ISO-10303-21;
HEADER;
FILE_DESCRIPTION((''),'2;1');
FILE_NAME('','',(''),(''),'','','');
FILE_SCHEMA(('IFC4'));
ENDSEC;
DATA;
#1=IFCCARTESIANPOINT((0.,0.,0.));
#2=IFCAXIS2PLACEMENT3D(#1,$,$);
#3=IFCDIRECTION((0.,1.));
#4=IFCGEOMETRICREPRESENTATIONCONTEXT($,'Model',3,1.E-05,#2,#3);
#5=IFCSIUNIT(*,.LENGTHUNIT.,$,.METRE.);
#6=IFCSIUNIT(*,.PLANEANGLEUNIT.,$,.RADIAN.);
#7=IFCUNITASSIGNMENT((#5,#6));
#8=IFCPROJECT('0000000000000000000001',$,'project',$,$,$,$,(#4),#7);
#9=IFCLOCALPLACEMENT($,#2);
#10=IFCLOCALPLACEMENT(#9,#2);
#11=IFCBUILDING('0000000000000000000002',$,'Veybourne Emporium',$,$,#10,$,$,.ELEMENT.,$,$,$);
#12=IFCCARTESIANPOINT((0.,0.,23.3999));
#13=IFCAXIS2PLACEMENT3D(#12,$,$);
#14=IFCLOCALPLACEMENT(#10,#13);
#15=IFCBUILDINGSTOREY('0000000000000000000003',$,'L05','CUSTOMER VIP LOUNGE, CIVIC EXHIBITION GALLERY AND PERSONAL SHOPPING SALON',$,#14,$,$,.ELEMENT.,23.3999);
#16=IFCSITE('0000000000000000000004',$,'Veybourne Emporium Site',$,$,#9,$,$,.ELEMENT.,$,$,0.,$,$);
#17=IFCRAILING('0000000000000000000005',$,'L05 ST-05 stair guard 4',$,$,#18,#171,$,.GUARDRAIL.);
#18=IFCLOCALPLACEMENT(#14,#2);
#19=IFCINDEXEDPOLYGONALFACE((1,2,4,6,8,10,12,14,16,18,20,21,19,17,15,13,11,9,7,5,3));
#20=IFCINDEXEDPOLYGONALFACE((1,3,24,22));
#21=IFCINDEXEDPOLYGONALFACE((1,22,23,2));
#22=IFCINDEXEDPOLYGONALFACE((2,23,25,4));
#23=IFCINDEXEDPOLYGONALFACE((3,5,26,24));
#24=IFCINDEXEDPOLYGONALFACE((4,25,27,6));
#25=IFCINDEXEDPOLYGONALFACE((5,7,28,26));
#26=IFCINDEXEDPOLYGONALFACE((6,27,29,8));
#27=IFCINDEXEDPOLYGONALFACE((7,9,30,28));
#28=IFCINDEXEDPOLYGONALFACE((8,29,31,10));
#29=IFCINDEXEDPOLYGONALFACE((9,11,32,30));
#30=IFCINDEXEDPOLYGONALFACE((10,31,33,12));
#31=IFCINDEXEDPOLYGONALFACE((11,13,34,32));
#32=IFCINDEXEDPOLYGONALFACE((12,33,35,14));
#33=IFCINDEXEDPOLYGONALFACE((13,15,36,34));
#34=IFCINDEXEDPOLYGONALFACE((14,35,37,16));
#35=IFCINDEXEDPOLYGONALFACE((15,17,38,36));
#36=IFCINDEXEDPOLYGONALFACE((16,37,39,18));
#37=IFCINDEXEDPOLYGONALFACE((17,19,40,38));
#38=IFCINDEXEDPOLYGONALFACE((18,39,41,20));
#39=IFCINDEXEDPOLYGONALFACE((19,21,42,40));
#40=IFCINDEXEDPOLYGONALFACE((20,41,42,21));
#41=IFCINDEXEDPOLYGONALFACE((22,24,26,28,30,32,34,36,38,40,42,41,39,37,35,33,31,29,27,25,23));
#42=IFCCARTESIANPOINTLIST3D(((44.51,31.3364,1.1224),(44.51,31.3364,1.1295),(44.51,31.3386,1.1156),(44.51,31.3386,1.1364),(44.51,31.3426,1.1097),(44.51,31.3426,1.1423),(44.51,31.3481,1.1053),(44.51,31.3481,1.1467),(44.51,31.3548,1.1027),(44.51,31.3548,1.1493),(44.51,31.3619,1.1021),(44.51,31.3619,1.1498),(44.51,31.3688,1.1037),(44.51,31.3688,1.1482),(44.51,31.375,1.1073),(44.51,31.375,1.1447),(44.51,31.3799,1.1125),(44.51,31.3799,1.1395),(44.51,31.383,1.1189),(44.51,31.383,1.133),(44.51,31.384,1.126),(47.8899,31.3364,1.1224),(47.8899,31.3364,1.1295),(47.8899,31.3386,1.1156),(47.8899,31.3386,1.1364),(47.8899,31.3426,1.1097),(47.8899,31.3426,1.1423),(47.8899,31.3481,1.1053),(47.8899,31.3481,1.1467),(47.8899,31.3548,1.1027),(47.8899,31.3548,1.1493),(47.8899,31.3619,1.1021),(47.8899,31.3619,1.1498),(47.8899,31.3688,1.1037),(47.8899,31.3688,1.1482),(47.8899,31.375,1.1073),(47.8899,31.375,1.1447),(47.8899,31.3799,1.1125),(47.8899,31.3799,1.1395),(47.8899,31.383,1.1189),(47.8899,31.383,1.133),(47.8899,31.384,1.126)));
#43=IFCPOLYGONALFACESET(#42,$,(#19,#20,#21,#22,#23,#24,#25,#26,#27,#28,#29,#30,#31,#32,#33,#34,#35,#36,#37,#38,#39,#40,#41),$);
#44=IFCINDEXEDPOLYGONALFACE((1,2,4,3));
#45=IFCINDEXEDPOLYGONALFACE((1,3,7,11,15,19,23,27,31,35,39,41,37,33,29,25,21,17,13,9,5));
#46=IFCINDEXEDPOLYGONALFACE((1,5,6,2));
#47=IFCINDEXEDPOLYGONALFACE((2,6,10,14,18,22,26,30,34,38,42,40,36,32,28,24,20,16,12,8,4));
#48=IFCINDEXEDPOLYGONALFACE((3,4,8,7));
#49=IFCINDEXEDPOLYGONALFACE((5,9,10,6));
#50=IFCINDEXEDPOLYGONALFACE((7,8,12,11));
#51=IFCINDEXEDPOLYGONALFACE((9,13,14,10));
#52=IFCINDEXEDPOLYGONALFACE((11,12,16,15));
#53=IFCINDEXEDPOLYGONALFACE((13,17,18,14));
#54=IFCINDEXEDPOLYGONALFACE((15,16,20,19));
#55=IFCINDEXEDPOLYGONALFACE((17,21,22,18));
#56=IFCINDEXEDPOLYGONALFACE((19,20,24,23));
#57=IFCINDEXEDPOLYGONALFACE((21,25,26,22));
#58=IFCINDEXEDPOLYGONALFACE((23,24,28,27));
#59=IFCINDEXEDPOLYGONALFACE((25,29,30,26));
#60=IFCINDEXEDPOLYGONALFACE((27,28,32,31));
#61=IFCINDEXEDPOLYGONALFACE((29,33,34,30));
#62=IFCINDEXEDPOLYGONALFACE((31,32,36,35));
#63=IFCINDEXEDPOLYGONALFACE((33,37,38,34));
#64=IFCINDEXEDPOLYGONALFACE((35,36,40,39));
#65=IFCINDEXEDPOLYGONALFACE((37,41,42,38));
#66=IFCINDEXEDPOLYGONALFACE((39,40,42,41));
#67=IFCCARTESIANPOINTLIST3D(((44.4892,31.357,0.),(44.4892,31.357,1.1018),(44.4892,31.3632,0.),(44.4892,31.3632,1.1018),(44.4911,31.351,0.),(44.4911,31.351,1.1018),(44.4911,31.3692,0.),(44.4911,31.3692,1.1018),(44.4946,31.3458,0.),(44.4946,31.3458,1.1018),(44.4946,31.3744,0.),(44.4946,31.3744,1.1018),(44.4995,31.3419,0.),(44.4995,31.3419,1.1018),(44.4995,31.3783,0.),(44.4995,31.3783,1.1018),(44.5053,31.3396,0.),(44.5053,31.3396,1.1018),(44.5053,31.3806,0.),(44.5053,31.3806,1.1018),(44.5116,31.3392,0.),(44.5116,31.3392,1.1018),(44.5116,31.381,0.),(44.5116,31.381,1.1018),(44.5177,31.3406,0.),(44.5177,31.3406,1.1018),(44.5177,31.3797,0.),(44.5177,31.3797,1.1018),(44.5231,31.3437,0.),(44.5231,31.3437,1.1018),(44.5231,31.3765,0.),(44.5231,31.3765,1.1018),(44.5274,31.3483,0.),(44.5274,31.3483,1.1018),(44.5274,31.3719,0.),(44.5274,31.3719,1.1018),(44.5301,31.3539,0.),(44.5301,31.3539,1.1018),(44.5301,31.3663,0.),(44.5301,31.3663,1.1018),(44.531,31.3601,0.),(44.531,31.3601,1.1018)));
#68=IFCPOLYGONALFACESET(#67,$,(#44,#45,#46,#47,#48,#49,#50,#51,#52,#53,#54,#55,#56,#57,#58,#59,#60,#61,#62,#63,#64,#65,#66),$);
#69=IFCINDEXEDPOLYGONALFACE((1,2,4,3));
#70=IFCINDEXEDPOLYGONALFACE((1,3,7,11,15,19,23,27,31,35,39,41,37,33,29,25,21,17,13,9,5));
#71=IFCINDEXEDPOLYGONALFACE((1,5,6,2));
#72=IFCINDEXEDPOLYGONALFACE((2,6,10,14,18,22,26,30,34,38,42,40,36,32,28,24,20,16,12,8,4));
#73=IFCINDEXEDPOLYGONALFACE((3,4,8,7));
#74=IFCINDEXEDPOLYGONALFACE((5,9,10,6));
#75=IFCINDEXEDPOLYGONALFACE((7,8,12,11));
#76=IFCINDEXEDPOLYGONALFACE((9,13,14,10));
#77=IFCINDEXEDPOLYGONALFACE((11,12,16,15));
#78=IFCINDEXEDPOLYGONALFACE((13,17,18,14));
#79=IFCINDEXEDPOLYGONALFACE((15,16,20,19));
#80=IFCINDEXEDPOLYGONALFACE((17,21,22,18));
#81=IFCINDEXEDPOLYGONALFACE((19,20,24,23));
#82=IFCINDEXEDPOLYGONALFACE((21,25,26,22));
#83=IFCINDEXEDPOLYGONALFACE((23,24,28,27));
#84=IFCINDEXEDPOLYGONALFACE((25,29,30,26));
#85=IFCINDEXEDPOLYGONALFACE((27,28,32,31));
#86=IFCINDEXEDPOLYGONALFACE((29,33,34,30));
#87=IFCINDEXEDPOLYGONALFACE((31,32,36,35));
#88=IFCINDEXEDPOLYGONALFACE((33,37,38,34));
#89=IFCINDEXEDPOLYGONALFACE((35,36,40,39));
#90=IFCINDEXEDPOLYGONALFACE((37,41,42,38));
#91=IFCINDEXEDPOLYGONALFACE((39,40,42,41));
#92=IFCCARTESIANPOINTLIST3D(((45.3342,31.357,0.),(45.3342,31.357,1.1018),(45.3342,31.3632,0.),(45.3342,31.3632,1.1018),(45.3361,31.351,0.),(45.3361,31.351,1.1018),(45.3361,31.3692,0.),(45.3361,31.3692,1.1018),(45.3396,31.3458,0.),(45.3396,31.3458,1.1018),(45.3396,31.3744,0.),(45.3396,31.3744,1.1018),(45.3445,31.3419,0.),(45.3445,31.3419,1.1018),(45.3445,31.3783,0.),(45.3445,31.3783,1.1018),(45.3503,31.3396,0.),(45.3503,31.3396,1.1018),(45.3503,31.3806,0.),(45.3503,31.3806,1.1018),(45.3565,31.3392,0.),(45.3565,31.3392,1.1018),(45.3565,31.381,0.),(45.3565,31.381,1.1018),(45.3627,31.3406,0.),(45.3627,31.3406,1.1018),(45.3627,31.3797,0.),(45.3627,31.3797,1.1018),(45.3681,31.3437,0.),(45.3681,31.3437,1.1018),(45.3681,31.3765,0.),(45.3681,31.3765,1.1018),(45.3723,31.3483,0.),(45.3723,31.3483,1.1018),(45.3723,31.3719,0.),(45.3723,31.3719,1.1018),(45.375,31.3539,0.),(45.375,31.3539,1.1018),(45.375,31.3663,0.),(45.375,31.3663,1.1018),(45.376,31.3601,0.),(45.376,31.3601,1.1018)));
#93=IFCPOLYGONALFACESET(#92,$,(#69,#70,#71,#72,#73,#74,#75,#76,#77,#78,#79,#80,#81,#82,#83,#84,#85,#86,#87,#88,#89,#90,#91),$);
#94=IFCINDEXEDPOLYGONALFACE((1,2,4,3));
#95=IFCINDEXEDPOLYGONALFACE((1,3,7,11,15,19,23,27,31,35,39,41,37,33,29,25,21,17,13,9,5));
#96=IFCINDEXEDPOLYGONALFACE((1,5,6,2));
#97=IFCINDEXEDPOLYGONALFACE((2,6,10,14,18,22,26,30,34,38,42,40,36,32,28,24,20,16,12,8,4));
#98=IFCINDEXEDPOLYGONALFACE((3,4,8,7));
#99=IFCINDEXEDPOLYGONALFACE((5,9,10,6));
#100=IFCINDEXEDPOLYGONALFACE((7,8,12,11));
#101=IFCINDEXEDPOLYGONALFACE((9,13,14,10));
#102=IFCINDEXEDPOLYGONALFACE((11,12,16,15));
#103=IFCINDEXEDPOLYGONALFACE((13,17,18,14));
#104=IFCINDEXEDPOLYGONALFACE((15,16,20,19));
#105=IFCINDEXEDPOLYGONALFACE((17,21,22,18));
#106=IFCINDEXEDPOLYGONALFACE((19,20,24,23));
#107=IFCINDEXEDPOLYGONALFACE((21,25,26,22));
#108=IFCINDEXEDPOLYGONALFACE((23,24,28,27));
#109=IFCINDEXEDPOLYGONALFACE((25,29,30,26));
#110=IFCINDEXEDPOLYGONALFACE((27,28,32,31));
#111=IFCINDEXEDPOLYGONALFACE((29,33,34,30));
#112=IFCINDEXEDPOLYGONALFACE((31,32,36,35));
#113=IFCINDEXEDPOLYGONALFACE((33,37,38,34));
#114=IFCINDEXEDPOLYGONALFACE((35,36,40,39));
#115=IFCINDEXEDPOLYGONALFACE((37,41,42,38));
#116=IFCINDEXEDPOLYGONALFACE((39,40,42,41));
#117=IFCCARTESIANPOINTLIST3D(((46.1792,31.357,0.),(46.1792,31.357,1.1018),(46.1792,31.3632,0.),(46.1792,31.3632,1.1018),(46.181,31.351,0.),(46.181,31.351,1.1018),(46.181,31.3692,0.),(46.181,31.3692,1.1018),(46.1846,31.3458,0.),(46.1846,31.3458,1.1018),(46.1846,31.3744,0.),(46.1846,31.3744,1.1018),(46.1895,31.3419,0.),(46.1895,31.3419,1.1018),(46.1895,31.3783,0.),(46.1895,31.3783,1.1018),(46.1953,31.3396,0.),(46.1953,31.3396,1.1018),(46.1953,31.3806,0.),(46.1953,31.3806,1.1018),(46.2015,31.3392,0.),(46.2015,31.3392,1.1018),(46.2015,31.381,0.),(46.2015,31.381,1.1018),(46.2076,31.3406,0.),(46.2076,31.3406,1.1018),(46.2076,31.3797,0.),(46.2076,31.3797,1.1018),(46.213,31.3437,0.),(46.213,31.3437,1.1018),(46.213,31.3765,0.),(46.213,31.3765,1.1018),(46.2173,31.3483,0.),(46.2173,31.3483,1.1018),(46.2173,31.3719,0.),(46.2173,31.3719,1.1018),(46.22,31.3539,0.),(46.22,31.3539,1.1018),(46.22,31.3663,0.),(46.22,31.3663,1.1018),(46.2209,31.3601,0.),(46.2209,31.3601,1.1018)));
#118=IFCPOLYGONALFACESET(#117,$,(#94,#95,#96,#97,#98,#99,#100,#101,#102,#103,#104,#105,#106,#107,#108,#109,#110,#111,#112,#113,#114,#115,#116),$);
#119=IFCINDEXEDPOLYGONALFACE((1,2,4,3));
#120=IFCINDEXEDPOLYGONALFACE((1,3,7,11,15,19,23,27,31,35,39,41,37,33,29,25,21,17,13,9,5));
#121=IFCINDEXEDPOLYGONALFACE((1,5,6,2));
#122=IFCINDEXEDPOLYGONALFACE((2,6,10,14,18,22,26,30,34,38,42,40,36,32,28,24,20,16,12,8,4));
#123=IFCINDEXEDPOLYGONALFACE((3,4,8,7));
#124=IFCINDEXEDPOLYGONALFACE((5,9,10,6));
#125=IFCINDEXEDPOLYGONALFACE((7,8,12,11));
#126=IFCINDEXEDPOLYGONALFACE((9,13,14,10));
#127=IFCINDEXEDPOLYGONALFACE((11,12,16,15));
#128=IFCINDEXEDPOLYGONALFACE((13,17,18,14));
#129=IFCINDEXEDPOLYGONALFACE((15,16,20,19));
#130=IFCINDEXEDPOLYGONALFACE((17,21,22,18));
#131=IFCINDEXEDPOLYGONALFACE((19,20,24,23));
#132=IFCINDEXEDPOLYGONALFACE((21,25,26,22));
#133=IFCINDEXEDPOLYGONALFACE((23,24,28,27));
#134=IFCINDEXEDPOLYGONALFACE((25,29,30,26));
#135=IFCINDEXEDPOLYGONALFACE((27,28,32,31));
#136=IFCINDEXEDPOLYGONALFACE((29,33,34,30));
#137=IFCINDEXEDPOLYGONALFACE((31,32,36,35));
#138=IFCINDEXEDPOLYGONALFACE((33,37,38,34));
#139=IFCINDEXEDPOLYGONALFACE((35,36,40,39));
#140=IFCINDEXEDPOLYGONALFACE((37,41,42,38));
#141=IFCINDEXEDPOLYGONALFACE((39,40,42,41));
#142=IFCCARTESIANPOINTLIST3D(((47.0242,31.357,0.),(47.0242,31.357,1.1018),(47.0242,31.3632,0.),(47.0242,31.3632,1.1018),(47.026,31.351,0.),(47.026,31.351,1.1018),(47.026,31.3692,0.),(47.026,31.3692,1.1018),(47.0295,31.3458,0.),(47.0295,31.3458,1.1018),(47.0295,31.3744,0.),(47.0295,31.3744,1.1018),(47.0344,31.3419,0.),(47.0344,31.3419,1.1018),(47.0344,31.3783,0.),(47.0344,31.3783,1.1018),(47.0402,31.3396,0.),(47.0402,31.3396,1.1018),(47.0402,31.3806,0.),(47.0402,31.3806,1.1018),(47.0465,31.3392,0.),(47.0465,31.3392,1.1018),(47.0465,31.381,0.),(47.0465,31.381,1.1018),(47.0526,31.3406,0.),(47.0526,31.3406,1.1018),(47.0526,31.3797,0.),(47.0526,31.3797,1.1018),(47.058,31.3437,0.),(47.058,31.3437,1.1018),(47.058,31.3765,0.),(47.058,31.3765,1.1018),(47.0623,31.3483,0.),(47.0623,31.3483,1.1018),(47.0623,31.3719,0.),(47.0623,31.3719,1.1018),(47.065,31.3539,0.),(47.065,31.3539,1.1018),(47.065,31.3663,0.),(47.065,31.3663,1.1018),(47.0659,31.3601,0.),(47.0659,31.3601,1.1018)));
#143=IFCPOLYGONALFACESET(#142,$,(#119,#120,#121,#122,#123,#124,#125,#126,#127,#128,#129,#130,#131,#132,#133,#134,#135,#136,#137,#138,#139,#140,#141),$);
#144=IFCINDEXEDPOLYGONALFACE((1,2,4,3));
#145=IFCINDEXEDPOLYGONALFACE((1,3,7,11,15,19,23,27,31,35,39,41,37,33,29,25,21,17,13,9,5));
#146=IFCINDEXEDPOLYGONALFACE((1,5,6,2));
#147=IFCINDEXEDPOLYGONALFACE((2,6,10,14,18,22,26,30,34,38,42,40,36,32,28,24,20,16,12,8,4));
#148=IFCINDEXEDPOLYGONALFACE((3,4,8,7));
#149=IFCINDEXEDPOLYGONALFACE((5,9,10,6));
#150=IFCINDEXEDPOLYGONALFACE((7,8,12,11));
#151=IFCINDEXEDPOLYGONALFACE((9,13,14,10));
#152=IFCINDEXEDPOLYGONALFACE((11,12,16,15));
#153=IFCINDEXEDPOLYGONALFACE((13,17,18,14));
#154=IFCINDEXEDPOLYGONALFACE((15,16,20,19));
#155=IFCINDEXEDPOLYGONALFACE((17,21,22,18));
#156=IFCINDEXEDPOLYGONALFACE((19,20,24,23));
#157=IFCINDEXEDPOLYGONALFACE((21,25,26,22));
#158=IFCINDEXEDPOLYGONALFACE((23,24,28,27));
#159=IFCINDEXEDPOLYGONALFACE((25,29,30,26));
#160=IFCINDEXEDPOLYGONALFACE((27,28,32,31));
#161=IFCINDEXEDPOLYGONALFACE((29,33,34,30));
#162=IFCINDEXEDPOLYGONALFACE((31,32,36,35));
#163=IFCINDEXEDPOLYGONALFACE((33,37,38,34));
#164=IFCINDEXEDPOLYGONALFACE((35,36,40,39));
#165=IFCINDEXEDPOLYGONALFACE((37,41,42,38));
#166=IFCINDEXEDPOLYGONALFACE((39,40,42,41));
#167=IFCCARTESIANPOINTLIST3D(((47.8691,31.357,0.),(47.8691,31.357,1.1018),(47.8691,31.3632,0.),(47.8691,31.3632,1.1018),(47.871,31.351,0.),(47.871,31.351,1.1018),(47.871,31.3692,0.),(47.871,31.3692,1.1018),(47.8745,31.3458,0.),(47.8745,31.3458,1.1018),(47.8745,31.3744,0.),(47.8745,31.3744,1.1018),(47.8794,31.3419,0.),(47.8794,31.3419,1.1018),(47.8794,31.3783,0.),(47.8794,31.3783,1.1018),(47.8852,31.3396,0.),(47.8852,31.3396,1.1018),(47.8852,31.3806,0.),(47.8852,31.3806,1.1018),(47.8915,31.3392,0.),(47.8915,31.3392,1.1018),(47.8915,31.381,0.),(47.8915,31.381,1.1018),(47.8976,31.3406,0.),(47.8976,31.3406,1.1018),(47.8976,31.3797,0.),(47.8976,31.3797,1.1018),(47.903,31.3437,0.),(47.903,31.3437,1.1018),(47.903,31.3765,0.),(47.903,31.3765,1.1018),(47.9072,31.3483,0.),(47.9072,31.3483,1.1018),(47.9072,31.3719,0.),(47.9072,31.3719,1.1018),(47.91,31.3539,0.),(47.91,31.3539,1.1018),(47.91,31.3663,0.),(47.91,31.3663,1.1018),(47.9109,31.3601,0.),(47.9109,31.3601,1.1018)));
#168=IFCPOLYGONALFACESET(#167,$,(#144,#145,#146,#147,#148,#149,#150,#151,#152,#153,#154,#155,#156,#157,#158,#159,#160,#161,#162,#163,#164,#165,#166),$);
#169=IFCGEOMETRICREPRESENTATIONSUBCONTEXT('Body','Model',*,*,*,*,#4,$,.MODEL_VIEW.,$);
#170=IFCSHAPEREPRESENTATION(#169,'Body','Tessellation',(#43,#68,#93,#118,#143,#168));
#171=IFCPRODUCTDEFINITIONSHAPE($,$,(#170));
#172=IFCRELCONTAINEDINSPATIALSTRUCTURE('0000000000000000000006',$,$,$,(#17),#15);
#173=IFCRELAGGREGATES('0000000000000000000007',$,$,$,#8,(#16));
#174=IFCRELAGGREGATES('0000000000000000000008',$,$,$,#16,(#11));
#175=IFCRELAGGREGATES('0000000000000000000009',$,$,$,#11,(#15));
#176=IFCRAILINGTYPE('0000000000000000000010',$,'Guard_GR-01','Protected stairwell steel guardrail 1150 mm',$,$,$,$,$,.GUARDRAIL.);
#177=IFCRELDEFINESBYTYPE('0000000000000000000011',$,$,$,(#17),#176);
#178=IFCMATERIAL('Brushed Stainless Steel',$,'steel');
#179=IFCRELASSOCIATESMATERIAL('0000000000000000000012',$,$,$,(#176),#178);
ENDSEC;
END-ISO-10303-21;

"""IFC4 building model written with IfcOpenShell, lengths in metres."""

from ifc_helpers import new_model, si_unit, direction, frame, origin, origin_2d, place, context, subcontext, project, spatial, circle, extrude, material, type_object, element, save


model = new_model("IFC4")

# Units and contexts
model_context = context("Model", 3, precision=1e-05, world=origin(), true_north=direction((0.0, 1.0)))
body_context = subcontext(model_context, "Body", "Model", "MODEL_VIEW")
ifc_project = project(units=[si_unit("LENGTHUNIT", "METRE"), si_unit("PLANEANGLEUNIT", "RADIAN")], contexts=[model_context])

# Site, building, storey
site_placement = place(None, origin())
site = spatial("IfcSite", under=ifc_project, at=site_placement, Name="Veybourne Emporium Site", CompositionType="ELEMENT", RefElevation=0.0)
building_placement = place(site_placement, origin())
building = spatial("IfcBuilding", under=site, at=building_placement, Name="Veybourne Emporium", CompositionType="ELEMENT")
storey_placement = place(building_placement, frame((0.0, 0.0, 23.3999)))
storey = spatial("IfcBuildingStorey", under=building, at=storey_placement, Name="L05", Description="CUSTOMER VIP LOUNGE, CIVIC EXHIBITION GALLERY AND PERSONAL SHOPPING SALON", CompositionType="ELEMENT", Elevation=23.3999)

# Railing
ifc_material_1 = material(Name="Brushed Stainless Steel", Category="steel")
railing_type_1 = type_object("IfcRailingType", Name="Guard_GR-01", Description="Protected stairwell steel guardrail 1150 mm", PredefinedType="GUARDRAIL", material=ifc_material_1)
railing_1_placement = place(storey_placement, frame((44.51, 31.3601, 0.0)))
element("IfcRailing", 1, at=railing_1_placement, inside=storey, type_object=railing_type_1, Name="L05 ST-05 stair guard 4", PredefinedType="GUARDRAIL", context=body_context, shape_type="SweptSolid", body=[
    extrude(circle(Radius=0.0239, at=origin_2d()), frame((0.0, 0.0, 1.126), z_axis=(1.0, 0.0, 0.0), x_axis=(0.0, 1.0, 0.0)), (0.0, 0.0, 1.0), 3.3799),
    extrude(circle(Radius=0.021, at=origin_2d()), origin(), (0.0, 0.0, 1.0), 1.1018),
    extrude(circle(Radius=0.021, at=origin_2d()), frame((0.845, 0.0, 0.0)), (0.0, 0.0, 1.0), 1.1018),
    extrude(circle(Radius=0.021, at=origin_2d()), frame((1.6899, 0.0, 0.0)), (0.0, 0.0, 1.0), 1.1018),
    extrude(circle(Radius=0.021, at=origin_2d()), frame((2.5349, 0.0, 0.0)), (0.0, 0.0, 1.0), 1.1018),
    extrude(circle(Radius=0.021, at=origin_2d()), frame((3.3799, 0.0, 0.0)), (0.0, 0.0, 1.0), 1.1018),
])

save(model, "model.ifc")
